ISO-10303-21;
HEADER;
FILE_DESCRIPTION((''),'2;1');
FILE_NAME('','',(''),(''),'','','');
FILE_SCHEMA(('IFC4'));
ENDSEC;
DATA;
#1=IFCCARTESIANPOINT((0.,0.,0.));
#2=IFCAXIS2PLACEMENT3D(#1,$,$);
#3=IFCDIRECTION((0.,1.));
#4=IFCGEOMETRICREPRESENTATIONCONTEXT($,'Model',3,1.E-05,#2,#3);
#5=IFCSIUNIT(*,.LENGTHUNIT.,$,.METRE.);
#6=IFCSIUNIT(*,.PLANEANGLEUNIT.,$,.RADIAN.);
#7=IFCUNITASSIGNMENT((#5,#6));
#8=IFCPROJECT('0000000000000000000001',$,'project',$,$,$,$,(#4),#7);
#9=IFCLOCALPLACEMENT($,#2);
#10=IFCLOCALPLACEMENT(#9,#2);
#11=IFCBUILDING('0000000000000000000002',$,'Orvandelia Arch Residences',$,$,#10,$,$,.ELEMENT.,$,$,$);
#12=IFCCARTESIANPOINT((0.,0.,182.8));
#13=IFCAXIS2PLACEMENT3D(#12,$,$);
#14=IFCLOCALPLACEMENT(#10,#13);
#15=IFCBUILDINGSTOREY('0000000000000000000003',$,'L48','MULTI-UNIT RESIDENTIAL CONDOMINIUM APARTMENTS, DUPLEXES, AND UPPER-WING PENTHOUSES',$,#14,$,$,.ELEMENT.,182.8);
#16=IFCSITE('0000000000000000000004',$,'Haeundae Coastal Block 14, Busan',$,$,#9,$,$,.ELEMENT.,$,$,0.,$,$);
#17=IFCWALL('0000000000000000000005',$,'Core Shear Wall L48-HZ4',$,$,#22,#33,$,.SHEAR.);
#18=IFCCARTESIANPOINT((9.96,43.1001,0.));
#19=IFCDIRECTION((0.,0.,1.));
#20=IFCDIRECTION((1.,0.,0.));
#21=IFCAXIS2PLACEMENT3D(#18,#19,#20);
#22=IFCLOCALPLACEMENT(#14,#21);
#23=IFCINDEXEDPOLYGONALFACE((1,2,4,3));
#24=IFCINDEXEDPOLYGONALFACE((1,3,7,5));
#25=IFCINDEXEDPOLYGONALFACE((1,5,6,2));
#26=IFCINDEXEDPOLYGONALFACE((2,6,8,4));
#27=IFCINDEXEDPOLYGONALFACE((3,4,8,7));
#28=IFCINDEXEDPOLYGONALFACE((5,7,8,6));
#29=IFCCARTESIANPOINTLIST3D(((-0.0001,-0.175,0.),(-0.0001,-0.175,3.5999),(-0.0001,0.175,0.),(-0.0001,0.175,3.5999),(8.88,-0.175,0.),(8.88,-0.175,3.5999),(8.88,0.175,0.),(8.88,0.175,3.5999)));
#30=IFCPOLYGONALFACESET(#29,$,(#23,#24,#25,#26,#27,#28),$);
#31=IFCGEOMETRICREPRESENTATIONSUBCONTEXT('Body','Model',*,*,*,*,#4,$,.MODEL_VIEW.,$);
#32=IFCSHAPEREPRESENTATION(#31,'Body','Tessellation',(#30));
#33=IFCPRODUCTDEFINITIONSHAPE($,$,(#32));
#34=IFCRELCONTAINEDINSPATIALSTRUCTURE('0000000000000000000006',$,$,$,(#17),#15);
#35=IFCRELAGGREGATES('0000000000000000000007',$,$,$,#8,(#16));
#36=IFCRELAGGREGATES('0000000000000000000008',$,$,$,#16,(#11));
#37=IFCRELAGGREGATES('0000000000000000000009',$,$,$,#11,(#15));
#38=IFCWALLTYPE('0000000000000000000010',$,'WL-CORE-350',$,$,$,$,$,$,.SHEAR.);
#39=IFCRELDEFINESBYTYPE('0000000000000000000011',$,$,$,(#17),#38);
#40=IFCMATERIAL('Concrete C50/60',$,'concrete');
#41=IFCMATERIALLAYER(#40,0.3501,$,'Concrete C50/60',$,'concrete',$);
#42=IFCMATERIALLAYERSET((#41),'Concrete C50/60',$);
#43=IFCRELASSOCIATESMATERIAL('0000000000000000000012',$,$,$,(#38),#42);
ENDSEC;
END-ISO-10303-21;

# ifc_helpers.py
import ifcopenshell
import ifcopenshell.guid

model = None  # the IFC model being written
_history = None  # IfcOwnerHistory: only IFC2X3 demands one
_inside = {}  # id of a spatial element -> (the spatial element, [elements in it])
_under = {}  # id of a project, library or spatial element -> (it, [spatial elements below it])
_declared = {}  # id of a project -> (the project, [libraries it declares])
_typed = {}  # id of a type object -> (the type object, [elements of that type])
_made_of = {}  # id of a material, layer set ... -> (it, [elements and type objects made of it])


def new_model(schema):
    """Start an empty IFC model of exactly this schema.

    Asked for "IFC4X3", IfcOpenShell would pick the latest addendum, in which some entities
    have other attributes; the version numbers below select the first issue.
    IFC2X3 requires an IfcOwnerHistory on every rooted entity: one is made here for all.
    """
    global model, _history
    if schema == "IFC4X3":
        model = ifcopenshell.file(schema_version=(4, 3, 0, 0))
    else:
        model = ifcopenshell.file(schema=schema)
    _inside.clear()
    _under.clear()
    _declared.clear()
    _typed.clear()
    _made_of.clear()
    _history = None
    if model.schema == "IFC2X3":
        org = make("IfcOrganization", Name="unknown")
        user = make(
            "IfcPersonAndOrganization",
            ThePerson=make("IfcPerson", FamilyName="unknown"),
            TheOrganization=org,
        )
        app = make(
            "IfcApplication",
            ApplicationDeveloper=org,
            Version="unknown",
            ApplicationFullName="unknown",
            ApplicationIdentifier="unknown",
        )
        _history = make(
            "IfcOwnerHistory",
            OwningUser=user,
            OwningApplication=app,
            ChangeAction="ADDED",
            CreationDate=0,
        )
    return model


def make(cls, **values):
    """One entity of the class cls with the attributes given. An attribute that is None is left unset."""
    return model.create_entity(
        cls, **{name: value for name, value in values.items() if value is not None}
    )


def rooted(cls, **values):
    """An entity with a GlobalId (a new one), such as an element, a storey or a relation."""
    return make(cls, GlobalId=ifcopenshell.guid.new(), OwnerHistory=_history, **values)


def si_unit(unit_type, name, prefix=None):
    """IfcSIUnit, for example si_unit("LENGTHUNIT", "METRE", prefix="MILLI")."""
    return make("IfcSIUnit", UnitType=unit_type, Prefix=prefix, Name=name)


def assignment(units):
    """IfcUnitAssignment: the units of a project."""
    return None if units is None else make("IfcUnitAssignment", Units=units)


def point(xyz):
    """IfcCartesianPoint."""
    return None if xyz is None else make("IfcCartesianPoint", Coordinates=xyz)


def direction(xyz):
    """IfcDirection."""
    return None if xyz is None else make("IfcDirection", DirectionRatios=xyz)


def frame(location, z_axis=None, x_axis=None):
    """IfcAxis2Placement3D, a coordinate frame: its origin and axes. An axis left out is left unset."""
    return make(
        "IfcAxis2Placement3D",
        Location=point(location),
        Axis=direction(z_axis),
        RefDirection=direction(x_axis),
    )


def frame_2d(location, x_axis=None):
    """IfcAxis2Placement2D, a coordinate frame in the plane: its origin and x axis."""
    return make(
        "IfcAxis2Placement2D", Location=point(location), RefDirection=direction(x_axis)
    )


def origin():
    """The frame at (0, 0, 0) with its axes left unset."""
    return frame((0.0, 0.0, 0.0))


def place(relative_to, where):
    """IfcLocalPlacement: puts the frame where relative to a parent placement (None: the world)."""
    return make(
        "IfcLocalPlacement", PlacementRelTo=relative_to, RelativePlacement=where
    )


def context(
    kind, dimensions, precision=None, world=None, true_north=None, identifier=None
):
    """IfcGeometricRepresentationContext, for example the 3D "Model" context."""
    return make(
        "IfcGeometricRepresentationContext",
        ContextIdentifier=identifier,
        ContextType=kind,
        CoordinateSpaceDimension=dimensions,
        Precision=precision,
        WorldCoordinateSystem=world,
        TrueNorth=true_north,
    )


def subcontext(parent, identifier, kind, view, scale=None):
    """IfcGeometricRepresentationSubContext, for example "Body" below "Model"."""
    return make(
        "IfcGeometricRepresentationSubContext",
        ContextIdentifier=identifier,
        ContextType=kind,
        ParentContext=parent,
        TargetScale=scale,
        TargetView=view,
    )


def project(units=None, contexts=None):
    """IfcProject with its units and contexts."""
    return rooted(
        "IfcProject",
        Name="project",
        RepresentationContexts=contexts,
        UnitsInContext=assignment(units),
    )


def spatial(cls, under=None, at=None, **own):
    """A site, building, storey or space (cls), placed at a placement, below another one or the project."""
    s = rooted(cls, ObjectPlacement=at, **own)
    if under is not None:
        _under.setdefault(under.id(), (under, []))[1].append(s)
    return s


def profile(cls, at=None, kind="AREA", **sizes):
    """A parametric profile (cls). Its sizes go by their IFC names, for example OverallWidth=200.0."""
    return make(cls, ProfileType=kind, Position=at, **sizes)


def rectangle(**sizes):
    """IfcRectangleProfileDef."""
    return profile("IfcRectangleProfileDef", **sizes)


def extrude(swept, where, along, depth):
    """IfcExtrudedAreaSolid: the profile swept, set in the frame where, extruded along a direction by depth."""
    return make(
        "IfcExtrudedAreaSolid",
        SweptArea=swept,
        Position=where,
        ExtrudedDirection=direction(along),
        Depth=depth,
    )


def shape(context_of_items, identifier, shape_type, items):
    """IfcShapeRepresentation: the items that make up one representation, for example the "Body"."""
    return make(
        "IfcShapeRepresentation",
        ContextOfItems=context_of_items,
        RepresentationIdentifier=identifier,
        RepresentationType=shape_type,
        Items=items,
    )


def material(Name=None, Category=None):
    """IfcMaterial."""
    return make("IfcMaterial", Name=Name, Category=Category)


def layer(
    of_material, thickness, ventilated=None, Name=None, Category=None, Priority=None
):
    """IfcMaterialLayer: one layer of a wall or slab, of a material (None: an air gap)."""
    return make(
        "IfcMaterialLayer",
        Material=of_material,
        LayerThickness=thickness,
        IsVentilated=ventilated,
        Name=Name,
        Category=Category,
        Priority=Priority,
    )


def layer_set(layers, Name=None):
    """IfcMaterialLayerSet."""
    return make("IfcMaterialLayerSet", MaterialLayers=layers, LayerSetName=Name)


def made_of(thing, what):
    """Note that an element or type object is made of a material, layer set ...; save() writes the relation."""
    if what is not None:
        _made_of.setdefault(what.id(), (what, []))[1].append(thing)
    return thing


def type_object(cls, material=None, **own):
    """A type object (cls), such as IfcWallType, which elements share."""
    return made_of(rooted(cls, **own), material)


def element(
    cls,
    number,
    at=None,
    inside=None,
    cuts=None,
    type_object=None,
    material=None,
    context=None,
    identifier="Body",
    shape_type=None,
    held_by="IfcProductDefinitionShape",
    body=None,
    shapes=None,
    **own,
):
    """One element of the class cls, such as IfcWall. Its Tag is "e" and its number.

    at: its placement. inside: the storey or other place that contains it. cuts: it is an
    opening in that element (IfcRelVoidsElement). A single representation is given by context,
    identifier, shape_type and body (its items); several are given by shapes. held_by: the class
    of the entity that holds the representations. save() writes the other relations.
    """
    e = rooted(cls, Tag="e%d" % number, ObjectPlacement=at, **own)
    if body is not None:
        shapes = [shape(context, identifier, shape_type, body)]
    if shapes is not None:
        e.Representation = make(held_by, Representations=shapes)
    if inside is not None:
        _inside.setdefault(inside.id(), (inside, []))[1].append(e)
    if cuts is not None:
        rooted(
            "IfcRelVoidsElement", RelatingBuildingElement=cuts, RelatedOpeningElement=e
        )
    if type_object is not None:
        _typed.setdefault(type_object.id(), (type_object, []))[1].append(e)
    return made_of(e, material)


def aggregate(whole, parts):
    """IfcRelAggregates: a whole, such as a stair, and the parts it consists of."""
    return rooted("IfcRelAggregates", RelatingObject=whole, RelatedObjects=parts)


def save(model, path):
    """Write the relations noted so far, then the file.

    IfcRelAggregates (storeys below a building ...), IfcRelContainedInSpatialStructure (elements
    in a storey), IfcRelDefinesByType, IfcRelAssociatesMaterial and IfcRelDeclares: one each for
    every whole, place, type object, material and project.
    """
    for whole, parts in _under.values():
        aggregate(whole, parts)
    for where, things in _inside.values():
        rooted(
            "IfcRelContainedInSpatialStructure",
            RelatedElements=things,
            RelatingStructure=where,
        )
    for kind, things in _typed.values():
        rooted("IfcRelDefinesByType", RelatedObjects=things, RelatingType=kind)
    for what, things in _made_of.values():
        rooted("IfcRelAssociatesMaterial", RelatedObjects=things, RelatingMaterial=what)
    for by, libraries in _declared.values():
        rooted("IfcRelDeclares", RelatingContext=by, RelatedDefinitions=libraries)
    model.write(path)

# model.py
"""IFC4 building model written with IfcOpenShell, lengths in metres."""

from ifc_helpers import new_model, si_unit, direction, frame, frame_2d, origin, place, context, subcontext, project, spatial, rectangle, extrude, material, layer, layer_set, type_object, element, save


model = new_model("IFC4")

# Units and contexts
model_context = context("Model", 3, precision=1e-05, world=origin(), true_north=direction((0.0, 1.0)))
body_context = subcontext(model_context, "Body", "Model", "MODEL_VIEW")
ifc_project = project(units=[si_unit("LENGTHUNIT", "METRE"), si_unit("PLANEANGLEUNIT", "RADIAN")], contexts=[model_context])

# Site, building, storey
site_placement = place(None, origin())
site = spatial("IfcSite", under=ifc_project, at=site_placement, Name="Haeundae Coastal Block 14, Busan", CompositionType="ELEMENT", RefElevation=0.0)
building_placement = place(site_placement, origin())
building = spatial("IfcBuilding", under=site, at=building_placement, Name="Orvandelia Arch Residences", CompositionType="ELEMENT")
storey_placement = place(building_placement, frame((0.0, 0.0, 182.8)))
storey = spatial("IfcBuildingStorey", under=building, at=storey_placement, Name="L48", Description="MULTI-UNIT RESIDENTIAL CONDOMINIUM APARTMENTS, DUPLEXES, AND UPPER-WING PENTHOUSES", CompositionType="ELEMENT", Elevation=182.8)

# Wall
ifc_material_1 = material(Name="Concrete C50/60", Category="concrete")
ifc_layer_1 = layer(ifc_material_1, 0.3501, Name="Concrete C50/60", Category="concrete")
ifc_layer_set_1 = layer_set([ifc_layer_1], Name="Concrete C50/60")
wall_type_1 = type_object("IfcWallType", Name="WL-CORE-350", PredefinedType="SHEAR", material=ifc_layer_set_1)
wall_1_placement = place(storey_placement, frame((9.96, 43.1001, 0.0), z_axis=(0.0, 0.0, 1.0), x_axis=(1.0, 0.0, 0.0)))
element("IfcWall", 1, at=wall_1_placement, inside=storey, type_object=wall_type_1, Name="Core Shear Wall L48-HZ4", PredefinedType="SHEAR", context=body_context, shape_type="SweptSolid", body=[
    extrude(rectangle(XDim=8.8801, YDim=0.3501, at=frame_2d((4.4399, 0.0))), origin(), (0.0, 0.0, 1.0), 3.5999),
])

save(model, "model.ifc")
